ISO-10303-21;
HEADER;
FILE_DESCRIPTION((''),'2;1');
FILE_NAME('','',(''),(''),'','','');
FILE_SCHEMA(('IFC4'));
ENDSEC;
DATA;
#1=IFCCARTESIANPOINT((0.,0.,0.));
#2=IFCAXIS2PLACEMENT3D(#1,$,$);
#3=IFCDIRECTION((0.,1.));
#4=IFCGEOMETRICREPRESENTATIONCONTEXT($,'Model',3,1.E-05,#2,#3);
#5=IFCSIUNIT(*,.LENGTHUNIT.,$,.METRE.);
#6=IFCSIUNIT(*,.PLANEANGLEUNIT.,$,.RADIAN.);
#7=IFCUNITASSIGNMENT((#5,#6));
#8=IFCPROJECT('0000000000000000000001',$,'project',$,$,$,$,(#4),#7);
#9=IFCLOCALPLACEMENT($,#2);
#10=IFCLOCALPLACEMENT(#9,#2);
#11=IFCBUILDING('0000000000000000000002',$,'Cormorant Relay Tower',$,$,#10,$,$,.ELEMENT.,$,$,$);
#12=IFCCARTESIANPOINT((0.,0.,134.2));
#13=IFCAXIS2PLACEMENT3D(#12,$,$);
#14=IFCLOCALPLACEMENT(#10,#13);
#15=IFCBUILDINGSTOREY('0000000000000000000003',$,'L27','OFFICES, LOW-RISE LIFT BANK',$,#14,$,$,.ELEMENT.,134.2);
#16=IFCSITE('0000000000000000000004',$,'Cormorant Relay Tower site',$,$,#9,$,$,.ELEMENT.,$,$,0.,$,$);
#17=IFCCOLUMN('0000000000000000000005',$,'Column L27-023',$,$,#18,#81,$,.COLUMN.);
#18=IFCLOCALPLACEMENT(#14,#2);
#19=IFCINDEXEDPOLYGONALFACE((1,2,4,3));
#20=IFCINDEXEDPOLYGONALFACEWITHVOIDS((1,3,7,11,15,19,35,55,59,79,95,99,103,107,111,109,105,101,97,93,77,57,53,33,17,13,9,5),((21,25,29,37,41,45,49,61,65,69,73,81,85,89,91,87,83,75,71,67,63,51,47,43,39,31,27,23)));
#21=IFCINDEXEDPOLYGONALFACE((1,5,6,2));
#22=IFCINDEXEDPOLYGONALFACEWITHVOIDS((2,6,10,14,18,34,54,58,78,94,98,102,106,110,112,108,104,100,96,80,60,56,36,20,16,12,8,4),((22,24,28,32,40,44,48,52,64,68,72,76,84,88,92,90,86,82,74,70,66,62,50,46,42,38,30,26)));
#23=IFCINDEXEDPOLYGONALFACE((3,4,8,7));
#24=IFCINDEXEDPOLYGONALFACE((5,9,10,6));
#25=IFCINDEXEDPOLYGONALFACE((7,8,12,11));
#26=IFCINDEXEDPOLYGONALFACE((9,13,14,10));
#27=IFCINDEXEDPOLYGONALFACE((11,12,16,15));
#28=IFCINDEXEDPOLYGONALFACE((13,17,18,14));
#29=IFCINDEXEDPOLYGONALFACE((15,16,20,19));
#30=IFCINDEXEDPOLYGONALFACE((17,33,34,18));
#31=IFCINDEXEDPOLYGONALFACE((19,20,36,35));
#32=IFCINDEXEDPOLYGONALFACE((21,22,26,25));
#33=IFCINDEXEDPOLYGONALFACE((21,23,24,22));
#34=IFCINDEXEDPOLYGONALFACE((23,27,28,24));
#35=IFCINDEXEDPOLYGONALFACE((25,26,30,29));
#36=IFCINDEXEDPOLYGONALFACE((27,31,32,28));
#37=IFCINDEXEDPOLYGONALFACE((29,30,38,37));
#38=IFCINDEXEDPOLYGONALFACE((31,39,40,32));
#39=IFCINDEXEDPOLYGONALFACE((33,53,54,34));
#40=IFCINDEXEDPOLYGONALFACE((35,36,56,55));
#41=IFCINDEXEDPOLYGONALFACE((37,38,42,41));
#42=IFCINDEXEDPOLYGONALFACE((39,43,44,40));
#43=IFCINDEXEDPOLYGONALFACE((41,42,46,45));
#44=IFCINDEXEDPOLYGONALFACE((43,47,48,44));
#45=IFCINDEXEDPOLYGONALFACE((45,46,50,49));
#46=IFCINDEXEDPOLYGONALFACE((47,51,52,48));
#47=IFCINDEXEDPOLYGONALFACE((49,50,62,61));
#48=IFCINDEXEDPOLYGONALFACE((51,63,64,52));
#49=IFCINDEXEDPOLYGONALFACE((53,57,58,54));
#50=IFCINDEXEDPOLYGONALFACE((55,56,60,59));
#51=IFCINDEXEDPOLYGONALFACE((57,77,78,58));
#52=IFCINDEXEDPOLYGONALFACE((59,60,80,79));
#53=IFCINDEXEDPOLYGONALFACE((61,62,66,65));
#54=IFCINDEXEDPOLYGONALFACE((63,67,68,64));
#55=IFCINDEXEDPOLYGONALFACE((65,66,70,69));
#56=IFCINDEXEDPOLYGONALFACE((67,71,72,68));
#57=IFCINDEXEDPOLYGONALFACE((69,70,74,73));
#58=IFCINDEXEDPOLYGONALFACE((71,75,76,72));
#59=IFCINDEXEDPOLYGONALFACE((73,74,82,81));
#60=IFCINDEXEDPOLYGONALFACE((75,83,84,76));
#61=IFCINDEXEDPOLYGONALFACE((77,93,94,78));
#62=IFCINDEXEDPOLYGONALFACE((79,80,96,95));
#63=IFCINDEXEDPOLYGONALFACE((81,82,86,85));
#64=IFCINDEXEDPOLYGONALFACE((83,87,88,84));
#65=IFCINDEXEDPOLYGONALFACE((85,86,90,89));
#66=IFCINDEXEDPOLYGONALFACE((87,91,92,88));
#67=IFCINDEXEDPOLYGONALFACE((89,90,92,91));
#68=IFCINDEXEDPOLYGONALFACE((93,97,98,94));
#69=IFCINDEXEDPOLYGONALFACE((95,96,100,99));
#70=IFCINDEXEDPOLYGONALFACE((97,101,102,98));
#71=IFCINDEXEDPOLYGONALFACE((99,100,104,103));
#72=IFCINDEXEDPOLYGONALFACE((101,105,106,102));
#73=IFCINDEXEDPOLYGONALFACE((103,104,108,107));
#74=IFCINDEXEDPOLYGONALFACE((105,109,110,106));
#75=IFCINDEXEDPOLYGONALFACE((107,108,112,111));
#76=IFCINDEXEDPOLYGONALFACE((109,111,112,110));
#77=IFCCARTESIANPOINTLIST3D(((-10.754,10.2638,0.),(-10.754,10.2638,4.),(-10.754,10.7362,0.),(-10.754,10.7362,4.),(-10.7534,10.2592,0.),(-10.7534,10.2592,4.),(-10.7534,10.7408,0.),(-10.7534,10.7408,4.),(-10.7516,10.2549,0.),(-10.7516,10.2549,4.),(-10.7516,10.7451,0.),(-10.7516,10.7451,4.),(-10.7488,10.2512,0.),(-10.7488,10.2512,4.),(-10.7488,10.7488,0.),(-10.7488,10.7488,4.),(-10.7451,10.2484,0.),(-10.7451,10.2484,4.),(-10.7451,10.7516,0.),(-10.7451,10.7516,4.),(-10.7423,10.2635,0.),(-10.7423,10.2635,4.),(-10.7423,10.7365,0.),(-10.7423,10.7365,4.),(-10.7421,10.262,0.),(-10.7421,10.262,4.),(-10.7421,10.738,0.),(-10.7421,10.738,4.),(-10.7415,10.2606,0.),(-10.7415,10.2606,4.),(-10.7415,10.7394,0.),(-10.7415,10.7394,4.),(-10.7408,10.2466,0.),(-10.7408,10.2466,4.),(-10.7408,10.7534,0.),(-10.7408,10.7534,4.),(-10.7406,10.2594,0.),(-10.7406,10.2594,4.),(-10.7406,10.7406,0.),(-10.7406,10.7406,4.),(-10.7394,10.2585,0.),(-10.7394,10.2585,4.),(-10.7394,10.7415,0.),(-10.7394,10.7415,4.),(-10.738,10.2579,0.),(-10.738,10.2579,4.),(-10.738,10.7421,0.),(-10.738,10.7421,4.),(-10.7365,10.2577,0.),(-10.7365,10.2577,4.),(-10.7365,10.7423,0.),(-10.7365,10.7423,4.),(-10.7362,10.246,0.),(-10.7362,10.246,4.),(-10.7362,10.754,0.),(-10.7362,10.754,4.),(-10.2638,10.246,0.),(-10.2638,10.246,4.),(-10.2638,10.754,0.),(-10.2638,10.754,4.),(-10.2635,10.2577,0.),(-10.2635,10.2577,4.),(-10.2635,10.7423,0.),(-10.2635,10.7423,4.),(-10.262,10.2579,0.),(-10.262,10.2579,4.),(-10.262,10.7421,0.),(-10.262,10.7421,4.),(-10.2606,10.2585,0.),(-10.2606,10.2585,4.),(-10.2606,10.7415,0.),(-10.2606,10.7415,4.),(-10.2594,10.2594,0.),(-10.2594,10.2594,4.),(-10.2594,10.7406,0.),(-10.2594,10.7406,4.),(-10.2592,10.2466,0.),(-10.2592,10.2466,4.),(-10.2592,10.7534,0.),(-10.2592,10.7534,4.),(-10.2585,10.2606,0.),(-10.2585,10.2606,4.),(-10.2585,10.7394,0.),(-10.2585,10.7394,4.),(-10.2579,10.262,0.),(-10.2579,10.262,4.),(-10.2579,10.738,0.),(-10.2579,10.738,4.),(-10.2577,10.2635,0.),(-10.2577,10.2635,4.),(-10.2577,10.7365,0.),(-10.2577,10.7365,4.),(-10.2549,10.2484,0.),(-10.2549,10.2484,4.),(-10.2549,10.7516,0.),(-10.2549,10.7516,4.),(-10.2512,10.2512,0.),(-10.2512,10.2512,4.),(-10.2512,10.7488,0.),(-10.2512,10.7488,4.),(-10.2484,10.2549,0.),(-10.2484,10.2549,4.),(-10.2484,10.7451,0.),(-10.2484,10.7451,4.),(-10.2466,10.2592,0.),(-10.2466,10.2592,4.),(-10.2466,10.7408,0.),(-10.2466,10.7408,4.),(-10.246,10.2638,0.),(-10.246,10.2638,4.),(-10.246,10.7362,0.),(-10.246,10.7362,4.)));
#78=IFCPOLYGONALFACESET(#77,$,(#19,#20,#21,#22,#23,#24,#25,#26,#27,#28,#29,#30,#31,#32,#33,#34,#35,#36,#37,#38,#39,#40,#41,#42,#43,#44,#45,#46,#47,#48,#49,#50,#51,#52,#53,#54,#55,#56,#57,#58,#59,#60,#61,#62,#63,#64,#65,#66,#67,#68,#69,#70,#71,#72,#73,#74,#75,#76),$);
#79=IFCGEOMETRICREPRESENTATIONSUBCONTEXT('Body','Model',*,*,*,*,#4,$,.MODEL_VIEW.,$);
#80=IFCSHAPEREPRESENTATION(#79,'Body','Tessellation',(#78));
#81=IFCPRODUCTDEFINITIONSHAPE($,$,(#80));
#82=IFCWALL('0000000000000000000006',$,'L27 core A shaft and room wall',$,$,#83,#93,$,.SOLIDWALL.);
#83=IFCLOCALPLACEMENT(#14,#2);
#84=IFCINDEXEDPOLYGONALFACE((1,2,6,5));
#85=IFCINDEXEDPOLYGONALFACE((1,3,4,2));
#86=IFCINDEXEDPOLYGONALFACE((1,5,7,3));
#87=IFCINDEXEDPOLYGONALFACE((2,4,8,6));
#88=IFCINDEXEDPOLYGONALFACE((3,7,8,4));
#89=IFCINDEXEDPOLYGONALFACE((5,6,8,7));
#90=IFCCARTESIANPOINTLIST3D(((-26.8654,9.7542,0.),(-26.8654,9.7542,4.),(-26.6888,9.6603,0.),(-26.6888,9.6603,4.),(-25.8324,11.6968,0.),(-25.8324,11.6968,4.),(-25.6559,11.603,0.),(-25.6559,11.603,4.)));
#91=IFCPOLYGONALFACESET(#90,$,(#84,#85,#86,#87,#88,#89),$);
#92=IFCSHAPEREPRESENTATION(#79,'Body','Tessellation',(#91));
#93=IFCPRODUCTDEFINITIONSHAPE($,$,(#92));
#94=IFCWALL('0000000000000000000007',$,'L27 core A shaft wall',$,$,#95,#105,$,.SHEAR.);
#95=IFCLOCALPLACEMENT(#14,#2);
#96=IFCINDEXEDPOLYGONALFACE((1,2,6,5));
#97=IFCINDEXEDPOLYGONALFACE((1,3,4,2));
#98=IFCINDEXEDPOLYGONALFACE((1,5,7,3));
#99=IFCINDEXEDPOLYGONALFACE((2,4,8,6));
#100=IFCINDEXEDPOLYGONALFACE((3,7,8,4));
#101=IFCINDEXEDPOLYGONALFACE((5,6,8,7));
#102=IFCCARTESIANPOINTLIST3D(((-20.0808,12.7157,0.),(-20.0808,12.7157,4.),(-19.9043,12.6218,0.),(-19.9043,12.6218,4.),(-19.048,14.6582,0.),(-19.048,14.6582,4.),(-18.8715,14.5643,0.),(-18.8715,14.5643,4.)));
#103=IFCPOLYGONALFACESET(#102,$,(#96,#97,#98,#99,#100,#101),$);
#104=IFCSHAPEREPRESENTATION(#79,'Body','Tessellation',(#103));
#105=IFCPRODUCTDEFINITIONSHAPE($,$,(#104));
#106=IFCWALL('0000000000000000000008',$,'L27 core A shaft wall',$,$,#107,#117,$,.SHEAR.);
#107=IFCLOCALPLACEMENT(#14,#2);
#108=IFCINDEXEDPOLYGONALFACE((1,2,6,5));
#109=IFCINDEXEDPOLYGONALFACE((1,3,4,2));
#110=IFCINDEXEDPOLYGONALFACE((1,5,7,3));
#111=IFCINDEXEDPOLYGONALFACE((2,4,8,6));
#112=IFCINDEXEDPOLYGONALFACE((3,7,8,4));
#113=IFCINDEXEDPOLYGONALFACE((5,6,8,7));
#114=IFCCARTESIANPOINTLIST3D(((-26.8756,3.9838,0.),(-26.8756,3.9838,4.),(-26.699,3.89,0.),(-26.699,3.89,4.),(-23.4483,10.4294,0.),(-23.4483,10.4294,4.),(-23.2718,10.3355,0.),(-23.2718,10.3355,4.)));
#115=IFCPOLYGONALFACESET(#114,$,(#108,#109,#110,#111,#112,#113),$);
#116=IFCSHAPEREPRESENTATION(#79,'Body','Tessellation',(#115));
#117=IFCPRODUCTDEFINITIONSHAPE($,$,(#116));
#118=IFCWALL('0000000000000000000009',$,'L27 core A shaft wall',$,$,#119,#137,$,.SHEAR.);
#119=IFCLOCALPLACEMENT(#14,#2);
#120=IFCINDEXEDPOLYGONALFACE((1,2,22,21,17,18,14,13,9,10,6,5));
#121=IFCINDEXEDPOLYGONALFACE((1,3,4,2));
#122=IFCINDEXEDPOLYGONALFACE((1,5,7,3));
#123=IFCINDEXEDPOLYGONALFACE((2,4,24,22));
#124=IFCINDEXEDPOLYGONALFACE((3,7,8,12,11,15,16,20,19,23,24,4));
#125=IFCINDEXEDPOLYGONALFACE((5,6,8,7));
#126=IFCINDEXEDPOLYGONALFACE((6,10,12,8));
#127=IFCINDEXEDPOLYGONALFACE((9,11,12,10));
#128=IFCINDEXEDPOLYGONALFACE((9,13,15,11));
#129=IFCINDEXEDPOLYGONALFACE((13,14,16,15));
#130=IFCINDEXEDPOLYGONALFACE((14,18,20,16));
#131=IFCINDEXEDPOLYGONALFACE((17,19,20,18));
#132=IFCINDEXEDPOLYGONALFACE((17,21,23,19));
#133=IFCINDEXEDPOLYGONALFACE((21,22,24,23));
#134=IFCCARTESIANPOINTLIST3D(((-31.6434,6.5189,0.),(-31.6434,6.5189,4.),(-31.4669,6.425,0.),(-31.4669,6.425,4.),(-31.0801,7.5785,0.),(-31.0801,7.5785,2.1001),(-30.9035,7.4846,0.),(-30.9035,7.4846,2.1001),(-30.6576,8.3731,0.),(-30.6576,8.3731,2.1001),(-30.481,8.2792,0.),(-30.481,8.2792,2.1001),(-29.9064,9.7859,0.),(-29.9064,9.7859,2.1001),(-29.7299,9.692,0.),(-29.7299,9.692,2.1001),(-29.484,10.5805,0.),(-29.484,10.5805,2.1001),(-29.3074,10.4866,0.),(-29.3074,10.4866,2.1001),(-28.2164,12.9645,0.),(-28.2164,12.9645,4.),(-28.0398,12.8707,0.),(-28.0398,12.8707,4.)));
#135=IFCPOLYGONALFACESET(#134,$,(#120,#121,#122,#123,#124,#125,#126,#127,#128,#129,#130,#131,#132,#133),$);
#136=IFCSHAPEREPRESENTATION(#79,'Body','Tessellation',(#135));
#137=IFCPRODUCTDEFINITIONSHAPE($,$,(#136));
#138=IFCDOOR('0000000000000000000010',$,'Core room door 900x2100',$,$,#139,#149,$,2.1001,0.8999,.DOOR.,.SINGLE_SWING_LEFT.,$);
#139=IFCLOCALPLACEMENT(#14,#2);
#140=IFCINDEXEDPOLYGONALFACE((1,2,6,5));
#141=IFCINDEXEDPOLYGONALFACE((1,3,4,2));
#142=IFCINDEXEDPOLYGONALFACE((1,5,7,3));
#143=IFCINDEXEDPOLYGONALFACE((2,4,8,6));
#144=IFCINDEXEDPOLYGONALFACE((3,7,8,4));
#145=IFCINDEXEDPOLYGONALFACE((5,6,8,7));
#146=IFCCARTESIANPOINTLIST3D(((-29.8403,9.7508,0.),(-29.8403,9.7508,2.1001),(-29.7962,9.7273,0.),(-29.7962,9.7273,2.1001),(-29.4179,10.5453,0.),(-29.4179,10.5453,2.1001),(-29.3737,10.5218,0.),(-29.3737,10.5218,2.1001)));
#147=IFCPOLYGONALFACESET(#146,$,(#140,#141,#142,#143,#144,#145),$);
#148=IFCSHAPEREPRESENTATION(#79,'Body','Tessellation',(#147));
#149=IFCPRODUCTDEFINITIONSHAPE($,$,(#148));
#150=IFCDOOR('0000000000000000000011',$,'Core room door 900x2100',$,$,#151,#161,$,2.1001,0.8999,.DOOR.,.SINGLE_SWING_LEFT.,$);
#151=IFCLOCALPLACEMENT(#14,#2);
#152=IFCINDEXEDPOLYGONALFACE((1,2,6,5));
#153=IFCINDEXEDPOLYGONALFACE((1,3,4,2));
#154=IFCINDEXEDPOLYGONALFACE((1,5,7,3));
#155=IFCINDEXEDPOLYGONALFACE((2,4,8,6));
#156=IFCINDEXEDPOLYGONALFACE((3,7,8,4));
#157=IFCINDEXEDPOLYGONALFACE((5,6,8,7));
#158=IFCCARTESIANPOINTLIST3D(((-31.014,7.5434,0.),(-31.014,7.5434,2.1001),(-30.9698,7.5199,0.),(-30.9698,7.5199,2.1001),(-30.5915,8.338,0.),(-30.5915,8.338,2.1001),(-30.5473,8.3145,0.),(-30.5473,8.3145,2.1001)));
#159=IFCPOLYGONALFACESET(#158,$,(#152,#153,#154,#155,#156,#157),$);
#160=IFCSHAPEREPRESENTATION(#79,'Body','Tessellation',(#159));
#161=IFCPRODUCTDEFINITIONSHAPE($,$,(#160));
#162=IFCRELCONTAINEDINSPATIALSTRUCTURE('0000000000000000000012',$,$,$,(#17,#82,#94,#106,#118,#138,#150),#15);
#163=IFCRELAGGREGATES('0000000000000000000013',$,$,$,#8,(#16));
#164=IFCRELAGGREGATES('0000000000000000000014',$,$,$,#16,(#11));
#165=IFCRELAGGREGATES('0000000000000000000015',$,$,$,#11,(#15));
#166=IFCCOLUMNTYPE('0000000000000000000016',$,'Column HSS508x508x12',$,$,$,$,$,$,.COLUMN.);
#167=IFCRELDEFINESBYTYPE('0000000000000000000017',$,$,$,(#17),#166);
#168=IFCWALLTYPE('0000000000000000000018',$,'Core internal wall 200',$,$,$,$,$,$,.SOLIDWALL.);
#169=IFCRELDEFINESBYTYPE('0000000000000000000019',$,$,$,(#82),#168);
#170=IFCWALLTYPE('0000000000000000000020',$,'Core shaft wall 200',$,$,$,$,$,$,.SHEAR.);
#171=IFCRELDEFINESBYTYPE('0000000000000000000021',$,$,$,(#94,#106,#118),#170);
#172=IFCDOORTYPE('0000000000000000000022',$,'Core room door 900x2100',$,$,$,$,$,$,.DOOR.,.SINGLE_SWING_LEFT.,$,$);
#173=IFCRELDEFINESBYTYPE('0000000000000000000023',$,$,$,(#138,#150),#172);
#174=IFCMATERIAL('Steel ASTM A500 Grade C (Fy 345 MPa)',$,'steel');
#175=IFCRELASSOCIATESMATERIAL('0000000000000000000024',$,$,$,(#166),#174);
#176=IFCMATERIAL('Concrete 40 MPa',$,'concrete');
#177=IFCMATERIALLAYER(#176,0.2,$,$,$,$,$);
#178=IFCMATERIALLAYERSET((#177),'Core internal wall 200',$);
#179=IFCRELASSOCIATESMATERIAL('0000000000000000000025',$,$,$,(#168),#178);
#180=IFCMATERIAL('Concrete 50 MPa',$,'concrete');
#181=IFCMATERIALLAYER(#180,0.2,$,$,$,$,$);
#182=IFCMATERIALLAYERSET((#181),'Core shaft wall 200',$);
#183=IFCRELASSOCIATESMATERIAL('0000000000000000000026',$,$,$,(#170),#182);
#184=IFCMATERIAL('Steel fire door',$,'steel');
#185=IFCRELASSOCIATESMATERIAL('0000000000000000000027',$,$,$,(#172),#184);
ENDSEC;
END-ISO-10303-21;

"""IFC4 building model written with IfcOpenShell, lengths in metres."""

from ifc_helpers import new_model, si_unit, direction, frame, frame_2d, origin, origin_2d, place, context, subcontext, project, spatial, rectangle, hollow_rectangle, extrude, material, layer, layer_set, material_profile, profile_set, type_object, element, fill, save


model = new_model("IFC4")

# Units and contexts
model_context = context("Model", 3, precision=1e-05, world=origin(), true_north=direction((0.0, 1.0)))
body_context = subcontext(model_context, "Body", "Model", "MODEL_VIEW")
ifc_project = project(units=[si_unit("LENGTHUNIT", "METRE"), si_unit("PLANEANGLEUNIT", "RADIAN")], contexts=[model_context])

# Site, building, storey
site_placement = place(None, origin())
site = spatial("IfcSite", under=ifc_project, at=site_placement, Name="Cormorant Relay Tower site", CompositionType="ELEMENT", RefElevation=0.0)
building_placement = place(site_placement, origin())
building = spatial("IfcBuilding", under=site, at=building_placement, Name="Cormorant Relay Tower", CompositionType="ELEMENT")
storey_placement = place(building_placement, frame((0.0, 0.0, 134.2)))
storey = spatial("IfcBuildingStorey", under=building, at=storey_placement, Name="L27", Description="OFFICES, LOW-RISE LIFT BANK", CompositionType="ELEMENT", Elevation=134.2)

# Column
ifc_material_1 = material(Name="Steel ASTM A500 Grade C (Fy 345 MPa)", Category="steel")
ifc_material_profile = material_profile(ifc_material_1, hollow_rectangle(XDim=0.5081, YDim=0.5081, WallThickness=0.0117, InnerFilletRadius=0.0059, OuterFilletRadius=0.0178, at=origin_2d()), Name="HSS508x508x12")
ifc_profile_set = profile_set([ifc_material_profile], Name="Steel ASTM A500 Grade C (Fy 345 MPa)")
column_type = type_object("IfcColumnType", Name="Column HSS508x508x12", PredefinedType="COLUMN", material=ifc_profile_set)
column_placement = place(storey_placement, frame((-10.5, 10.5, 0.0), z_axis=(0.0, 0.0, 1.0), x_axis=(1.0, 0.0, 0.0)))
element("IfcColumn", 1, at=column_placement, inside=storey, type_object=column_type, Name="Column L27-023", PredefinedType="COLUMN", context=body_context, shape_type="SweptSolid", body=[
    extrude(hollow_rectangle(XDim=0.5081, YDim=0.5081, WallThickness=0.0117, InnerFilletRadius=0.0059, OuterFilletRadius=0.0178, at=origin_2d()), origin(), (0.0, 0.0, 1.0), 4.0),
])

# Walls
ifc_material_2 = material(Name="Concrete 40 MPa", Category="concrete")
ifc_layer_1 = layer(ifc_material_2, 0.2)
ifc_layer_set_1 = layer_set([ifc_layer_1], Name="Core internal wall 200")
wall_type_1 = type_object("IfcWallType", Name="Core internal wall 200", PredefinedType="SOLIDWALL", material=ifc_layer_set_1)
wall_1_placement = place(storey_placement, frame((-25.7441, 11.6499, 0.0), z_axis=(0.0, 0.0, 1.0), x_axis=(-0.469488, -0.882939, 0.0)))
element("IfcWall", 2, at=wall_1_placement, inside=storey, type_object=wall_type_1, Name="L27 core A shaft and room wall", PredefinedType="SOLIDWALL", context=body_context, shape_type="SweptSolid", body=[
    extrude(rectangle(XDim=2.2002, YDim=0.2, at=frame_2d((1.1001, 0.0))), origin(), (0.0, 0.0, 1.0), 4.0),
])
ifc_material_3 = material(Name="Concrete 50 MPa", Category="concrete")
ifc_layer_2 = layer(ifc_material_3, 0.2)
ifc_layer_set_2 = layer_set([ifc_layer_2], Name="Core shaft wall 200")
wall_type_2 = type_object("IfcWallType", Name="Core shaft wall 200", PredefinedType="SHEAR", material=ifc_layer_set_2)
wall_2_placement = place(storey_placement, frame((-18.9597, 14.6113, 0.0), z_axis=(0.0, 0.0, 1.0), x_axis=(-0.469447, -0.88296, 0.0)))
element("IfcWall", 3, at=wall_2_placement, inside=storey, type_object=wall_type_2, Name="L27 core A shaft wall", PredefinedType="SHEAR", context=body_context, shape_type="SweptSolid", body=[
    extrude(rectangle(XDim=2.2, YDim=0.2, at=frame_2d((1.1001, 0.0))), origin(), (0.0, 0.0, 1.0), 4.0),
])
wall_3_placement = place(storey_placement, frame((-23.3601, 10.3823, 0.0), z_axis=(0.0, 0.0, 1.0), x_axis=(-0.46948, -0.882943, 0.0)))
element("IfcWall", 4, at=wall_3_placement, inside=storey, type_object=wall_type_2, Name="L27 core A shaft wall", PredefinedType="SHEAR", context=body_context, shape_type="SweptSolid", body=[
    extrude(rectangle(XDim=7.3, YDim=0.2, at=frame_2d((3.6499, 0.0))), origin(), (0.0, 0.0, 1.0), 4.0),
])

# Wall, openings, doors
wall_4_placement = place(storey_placement, frame((-28.1282, 12.9175, 0.0), z_axis=(0.0, 0.0, 1.0), x_axis=(-0.469454, -0.882957, 0.0)))
wall_4 = element("IfcWall", 5, at=wall_4_placement, inside=storey, type_object=wall_type_2, Name="L27 core A shaft wall", PredefinedType="SHEAR", context=body_context, shape_type="SweptSolid", body=[
    extrude(rectangle(XDim=7.3, YDim=0.2, at=frame_2d((3.6499, 0.0))), origin(), (0.0, 0.0, 1.0), 4.0),
])
opening_1_placement = place(wall_4_placement, frame((2.7, 0.0, 0.0)))
opening_1 = element("IfcOpeningElement", 6, at=opening_1_placement, cuts=wall_4, PredefinedType="OPENING", context=body_context, shape_type="SweptSolid", body=[
    extrude(rectangle(XDim=0.8999, YDim=2.1001, at=frame_2d((0.45, 1.05))), frame((0.0, 0.1099, 0.0), z_axis=(0.0, -1.0, 0.0), x_axis=(1.0, 0.0, 0.0)), (0.0, 0.0, 1.0), 0.22),
])
opening_2_placement = place(wall_4_placement, frame((5.2, 0.0, 0.0)))
opening_2 = element("IfcOpeningElement", 7, at=opening_2_placement, cuts=wall_4, PredefinedType="OPENING", context=body_context, shape_type="SweptSolid", body=[
    extrude(rectangle(XDim=0.8999, YDim=2.1001, at=frame_2d((0.45, 1.05))), frame((0.0, 0.1099, 0.0), z_axis=(0.0, -1.0, 0.0), x_axis=(1.0, 0.0, 0.0)), (0.0, 0.0, 1.0), 0.22),
])
ifc_material_4 = material(Name="Steel fire door", Category="steel")
door_type_1 = type_object("IfcDoorType", Name="Core room door 900x2100", OperationType="SINGLE_SWING_LEFT", PredefinedType="DOOR", material=ifc_material_4)
door_1_placement = place(opening_1_placement, origin())
door_1 = element("IfcDoor", 8, at=door_1_placement, inside=storey, type_object=door_type_1, Name="Core room door 900x2100", OperationType="SINGLE_SWING_LEFT", OverallHeight=2.1001, OverallWidth=0.8999, PredefinedType="DOOR", context=body_context, shape_type="SweptSolid", body=[
    extrude(rectangle(XDim=0.8999, YDim=2.1001, at=frame_2d((0.45, 1.05))), frame((0.0, 0.0249, 0.0), z_axis=(0.0, -1.0, 0.0), x_axis=(1.0, 0.0, 0.0)), (0.0, 0.0, 1.0), 0.05),
])
fill(opening_1, door_1)
door_2_placement = place(opening_2_placement, origin())
door_2 = element("IfcDoor", 9, at=door_2_placement, inside=storey, type_object=door_type_1, Name="Core room door 900x2100", OperationType="SINGLE_SWING_LEFT", OverallHeight=2.1001, OverallWidth=0.8999, PredefinedType="DOOR", context=body_context, shape_type="SweptSolid", body=[
    extrude(rectangle(XDim=0.8999, YDim=2.1001, at=frame_2d((0.45, 1.05))), frame((0.0, 0.0249, 0.0), z_axis=(0.0, -1.0, 0.0), x_axis=(1.0, 0.0, 0.0)), (0.0, 0.0, 1.0), 0.05),
])
fill(opening_2, door_2)

save(model, "model.ifc")
